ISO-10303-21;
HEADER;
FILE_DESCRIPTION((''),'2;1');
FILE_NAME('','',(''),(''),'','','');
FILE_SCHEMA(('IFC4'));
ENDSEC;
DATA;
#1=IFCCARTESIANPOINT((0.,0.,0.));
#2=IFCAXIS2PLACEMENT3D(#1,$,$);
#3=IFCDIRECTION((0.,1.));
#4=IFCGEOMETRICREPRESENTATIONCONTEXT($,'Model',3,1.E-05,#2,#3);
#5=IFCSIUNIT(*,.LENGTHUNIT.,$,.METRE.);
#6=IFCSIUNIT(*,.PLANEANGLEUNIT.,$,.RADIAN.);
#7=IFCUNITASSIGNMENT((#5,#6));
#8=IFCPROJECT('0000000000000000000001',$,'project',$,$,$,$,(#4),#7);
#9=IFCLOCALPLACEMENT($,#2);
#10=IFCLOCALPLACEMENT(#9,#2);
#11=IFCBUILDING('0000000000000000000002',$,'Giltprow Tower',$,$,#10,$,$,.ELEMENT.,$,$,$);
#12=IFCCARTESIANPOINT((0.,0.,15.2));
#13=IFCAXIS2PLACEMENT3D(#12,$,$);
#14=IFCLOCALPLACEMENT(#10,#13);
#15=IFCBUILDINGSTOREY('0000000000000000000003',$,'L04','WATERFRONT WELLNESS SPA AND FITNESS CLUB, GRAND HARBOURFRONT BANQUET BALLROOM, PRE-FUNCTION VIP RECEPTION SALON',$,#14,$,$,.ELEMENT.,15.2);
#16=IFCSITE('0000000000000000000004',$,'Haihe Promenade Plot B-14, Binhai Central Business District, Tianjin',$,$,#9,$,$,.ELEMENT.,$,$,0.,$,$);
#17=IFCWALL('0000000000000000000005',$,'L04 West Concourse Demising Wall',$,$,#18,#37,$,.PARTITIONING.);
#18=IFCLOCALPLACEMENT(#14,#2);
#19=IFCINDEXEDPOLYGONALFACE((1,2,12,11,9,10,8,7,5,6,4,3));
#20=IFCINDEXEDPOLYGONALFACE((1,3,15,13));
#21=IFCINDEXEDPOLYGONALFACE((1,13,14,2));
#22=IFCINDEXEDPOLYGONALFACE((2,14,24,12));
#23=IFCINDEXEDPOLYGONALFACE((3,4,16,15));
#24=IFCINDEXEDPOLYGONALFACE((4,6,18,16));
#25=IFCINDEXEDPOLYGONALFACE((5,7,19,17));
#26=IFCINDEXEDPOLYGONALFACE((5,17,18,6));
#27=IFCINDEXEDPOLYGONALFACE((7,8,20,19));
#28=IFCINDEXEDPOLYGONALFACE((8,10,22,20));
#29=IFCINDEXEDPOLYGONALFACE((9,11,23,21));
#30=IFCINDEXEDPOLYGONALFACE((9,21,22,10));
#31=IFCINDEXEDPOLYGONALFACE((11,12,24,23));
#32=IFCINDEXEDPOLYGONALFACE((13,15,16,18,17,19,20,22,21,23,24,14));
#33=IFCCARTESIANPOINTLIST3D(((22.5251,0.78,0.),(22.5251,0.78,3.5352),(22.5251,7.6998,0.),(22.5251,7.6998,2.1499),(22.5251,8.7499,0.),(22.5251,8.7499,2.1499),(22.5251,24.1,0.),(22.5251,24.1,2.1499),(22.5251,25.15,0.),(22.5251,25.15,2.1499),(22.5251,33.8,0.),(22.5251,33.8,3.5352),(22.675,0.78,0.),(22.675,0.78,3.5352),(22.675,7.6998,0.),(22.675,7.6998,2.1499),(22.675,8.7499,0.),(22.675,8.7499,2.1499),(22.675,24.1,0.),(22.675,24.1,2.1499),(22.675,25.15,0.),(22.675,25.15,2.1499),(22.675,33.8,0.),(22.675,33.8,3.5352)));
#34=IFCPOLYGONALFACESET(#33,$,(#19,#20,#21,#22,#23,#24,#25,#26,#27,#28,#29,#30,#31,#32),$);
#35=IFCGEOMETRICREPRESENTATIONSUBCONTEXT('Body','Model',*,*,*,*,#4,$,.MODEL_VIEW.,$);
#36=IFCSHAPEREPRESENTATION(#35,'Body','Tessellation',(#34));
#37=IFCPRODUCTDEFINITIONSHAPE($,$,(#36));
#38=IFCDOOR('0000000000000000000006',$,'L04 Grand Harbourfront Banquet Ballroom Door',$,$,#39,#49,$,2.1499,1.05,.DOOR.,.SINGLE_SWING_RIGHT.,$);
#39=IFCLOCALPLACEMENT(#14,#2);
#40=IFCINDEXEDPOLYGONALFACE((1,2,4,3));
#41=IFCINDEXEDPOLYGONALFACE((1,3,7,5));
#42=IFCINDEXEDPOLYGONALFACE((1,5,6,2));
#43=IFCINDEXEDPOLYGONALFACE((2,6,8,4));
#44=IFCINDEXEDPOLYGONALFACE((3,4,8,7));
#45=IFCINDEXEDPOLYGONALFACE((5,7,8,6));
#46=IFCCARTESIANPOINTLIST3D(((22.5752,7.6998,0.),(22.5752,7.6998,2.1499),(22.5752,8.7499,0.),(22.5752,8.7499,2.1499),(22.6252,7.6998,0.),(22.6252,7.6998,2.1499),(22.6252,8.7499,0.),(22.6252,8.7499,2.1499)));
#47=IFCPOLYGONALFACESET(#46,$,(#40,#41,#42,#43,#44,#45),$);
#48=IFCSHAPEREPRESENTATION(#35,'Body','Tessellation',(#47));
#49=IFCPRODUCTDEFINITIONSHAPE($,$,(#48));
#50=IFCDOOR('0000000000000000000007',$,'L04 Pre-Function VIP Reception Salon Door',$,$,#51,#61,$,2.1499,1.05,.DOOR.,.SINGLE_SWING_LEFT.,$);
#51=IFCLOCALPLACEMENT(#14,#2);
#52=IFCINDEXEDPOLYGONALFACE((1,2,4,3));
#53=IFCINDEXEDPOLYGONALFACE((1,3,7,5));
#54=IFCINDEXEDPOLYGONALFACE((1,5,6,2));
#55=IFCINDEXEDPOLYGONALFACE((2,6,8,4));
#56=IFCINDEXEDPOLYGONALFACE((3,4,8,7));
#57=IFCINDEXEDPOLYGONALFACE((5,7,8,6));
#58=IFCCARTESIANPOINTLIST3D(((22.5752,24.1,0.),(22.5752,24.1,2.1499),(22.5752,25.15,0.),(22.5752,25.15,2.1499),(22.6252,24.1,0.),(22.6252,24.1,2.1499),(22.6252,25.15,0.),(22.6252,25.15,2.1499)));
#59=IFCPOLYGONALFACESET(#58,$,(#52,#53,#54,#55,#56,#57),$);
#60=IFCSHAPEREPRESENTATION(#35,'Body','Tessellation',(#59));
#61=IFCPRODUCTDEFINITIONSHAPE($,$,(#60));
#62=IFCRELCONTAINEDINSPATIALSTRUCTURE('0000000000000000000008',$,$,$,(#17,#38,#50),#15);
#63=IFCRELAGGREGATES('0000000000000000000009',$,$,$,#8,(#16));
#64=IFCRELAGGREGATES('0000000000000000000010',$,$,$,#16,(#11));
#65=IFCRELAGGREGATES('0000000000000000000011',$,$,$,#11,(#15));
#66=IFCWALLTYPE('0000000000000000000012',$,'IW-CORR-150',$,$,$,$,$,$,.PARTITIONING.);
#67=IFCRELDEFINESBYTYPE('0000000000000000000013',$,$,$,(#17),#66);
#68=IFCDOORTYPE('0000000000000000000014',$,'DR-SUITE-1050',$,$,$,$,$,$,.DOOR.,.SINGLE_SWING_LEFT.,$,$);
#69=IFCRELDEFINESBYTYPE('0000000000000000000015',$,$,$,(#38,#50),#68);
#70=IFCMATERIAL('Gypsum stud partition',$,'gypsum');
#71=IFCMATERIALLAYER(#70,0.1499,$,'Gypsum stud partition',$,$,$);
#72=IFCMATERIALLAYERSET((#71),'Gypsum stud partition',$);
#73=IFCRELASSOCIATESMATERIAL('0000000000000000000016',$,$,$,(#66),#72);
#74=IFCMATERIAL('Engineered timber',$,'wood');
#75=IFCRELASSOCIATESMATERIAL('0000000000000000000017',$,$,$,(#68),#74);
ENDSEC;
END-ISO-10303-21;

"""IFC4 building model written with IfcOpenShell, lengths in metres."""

from ifc_helpers import new_model, si_unit, direction, frame, frame_2d, origin, place, context, subcontext, project, spatial, rectangle, extrude, source, transform, mapped, material, layer, layer_set, type_object, element, fill, save


model = new_model("IFC4")

# Units and contexts
model_context = context("Model", 3, precision=1e-05, world=origin(), true_north=direction((0.0, 1.0)))
body_context = subcontext(model_context, "Body", "Model", "MODEL_VIEW")
ifc_project = project(units=[si_unit("LENGTHUNIT", "METRE"), si_unit("PLANEANGLEUNIT", "RADIAN")], contexts=[model_context])

# Site, building, storey
site_placement = place(None, origin())
site = spatial("IfcSite", under=ifc_project, at=site_placement, Name="Haihe Promenade Plot B-14, Binhai Central Business District, Tianjin", CompositionType="ELEMENT", RefElevation=0.0)
building_placement = place(site_placement, origin())
building = spatial("IfcBuilding", under=site, at=building_placement, Name="Giltprow Tower", CompositionType="ELEMENT")
storey_placement = place(building_placement, frame((0.0, 0.0, 15.2)))
storey = spatial("IfcBuildingStorey", under=building, at=storey_placement, Name="L04", Description="WATERFRONT WELLNESS SPA AND FITNESS CLUB, GRAND HARBOURFRONT BANQUET BALLROOM, PRE-FUNCTION VIP RECEPTION SALON", CompositionType="ELEMENT", Elevation=15.2)

# Wall, openings, doors
ifc_material_1 = material(Name="Gypsum stud partition", Category="gypsum")
ifc_layer_1 = layer(ifc_material_1, 0.1499, Name="Gypsum stud partition")
ifc_layer_set_1 = layer_set([ifc_layer_1], Name="Gypsum stud partition")
wall_type_1 = type_object("IfcWallType", Name="IW-CORR-150", PredefinedType="PARTITIONING", material=ifc_layer_set_1)
wall_1_placement = place(storey_placement, frame((22.6001, 0.78, 0.0), z_axis=(0.0, 0.0, 1.0), x_axis=(0.0, 1.0, 0.0)))
wall_1 = element("IfcWall", 1, at=wall_1_placement, inside=storey, type_object=wall_type_1, Name="L04 West Concourse Demising Wall", PredefinedType="PARTITIONING", context=body_context, shape_type="SweptSolid", body=[
    extrude(rectangle(XDim=33.02, YDim=0.1499, at=frame_2d((16.51, 0.0))), origin(), (0.0, 0.0, 1.0), 3.5352),
])
opening_1_placement = place(wall_1_placement, frame((6.9199, 0.0, 0.0)))
opening_1 = element("IfcOpeningElement", 2, at=opening_1_placement, cuts=wall_1, PredefinedType="OPENING", context=body_context, shape_type="SweptSolid", body=[
    extrude(rectangle(XDim=1.05, YDim=2.1499, at=frame_2d((0.5249, 1.075))), frame((0.0, 0.085, 0.0), z_axis=(0.0, -1.0, 0.0), x_axis=(1.0, 0.0, 0.0)), (0.0, 0.0, 1.0), 0.1699),
])
opening_2_placement = place(wall_1_placement, frame((23.3201, 0.0, 0.0)))
opening_2 = element("IfcOpeningElement", 3, at=opening_2_placement, cuts=wall_1, PredefinedType="OPENING", context=body_context, shape_type="SweptSolid", body=[
    extrude(rectangle(XDim=1.05, YDim=2.1499, at=frame_2d((0.5249, 1.075))), frame((0.0, 0.085, 0.0), z_axis=(0.0, -1.0, 0.0), x_axis=(1.0, 0.0, 0.0)), (0.0, 0.0, 1.0), 0.1699),
])
ifc_material_2 = material(Name="Engineered timber", Category="wood")
door_type = type_object("IfcDoorType", Name="DR-SUITE-1050", OperationType="SINGLE_SWING_LEFT", PredefinedType="DOOR", material=ifc_material_2)
shared_shape_1 = source(origin(), body_context, "Body", "SweptSolid", [
    extrude(rectangle(XDim=1.05, YDim=2.1499, at=frame_2d((0.5249, 1.075))), frame((0.0, 0.0249, 0.0), z_axis=(0.0, -1.0, 0.0), x_axis=(1.0, 0.0, 0.0)), (0.0, 0.0, 1.0), 0.05),
])
door_1_placement = place(opening_1_placement, origin())
door_1 = element("IfcDoor", 4, at=door_1_placement, inside=storey, type_object=door_type, Name="L04 Grand Harbourfront Banquet Ballroom Door", OperationType="SINGLE_SWING_RIGHT", OverallHeight=2.1499, OverallWidth=1.05, PredefinedType="DOOR", context=body_context, shape_type="MappedRepresentation", body=[
    mapped(shared_shape_1, transform((0.0, 0.0, 0.0), x_axis=(1.0, 0.0, 0.0), y_axis=(0.0, 1.0, 0.0), z_axis=(0.0, 0.0, 1.0), scale=1.0)),
])
fill(opening_1, door_1)
door_2_placement = place(opening_2_placement, origin())
door_2 = element("IfcDoor", 5, at=door_2_placement, inside=storey, type_object=door_type, Name="L04 Pre-Function VIP Reception Salon Door", OperationType="SINGLE_SWING_LEFT", OverallHeight=2.1499, OverallWidth=1.05, PredefinedType="DOOR", context=body_context, shape_type="MappedRepresentation", body=[
    mapped(shared_shape_1, transform((0.0, 0.0, 0.0), x_axis=(1.0, 0.0, 0.0), y_axis=(0.0, 1.0, 0.0), z_axis=(0.0, 0.0, 1.0), scale=1.0)),
])
fill(opening_2, door_2)

save(model, "model.ifc")
